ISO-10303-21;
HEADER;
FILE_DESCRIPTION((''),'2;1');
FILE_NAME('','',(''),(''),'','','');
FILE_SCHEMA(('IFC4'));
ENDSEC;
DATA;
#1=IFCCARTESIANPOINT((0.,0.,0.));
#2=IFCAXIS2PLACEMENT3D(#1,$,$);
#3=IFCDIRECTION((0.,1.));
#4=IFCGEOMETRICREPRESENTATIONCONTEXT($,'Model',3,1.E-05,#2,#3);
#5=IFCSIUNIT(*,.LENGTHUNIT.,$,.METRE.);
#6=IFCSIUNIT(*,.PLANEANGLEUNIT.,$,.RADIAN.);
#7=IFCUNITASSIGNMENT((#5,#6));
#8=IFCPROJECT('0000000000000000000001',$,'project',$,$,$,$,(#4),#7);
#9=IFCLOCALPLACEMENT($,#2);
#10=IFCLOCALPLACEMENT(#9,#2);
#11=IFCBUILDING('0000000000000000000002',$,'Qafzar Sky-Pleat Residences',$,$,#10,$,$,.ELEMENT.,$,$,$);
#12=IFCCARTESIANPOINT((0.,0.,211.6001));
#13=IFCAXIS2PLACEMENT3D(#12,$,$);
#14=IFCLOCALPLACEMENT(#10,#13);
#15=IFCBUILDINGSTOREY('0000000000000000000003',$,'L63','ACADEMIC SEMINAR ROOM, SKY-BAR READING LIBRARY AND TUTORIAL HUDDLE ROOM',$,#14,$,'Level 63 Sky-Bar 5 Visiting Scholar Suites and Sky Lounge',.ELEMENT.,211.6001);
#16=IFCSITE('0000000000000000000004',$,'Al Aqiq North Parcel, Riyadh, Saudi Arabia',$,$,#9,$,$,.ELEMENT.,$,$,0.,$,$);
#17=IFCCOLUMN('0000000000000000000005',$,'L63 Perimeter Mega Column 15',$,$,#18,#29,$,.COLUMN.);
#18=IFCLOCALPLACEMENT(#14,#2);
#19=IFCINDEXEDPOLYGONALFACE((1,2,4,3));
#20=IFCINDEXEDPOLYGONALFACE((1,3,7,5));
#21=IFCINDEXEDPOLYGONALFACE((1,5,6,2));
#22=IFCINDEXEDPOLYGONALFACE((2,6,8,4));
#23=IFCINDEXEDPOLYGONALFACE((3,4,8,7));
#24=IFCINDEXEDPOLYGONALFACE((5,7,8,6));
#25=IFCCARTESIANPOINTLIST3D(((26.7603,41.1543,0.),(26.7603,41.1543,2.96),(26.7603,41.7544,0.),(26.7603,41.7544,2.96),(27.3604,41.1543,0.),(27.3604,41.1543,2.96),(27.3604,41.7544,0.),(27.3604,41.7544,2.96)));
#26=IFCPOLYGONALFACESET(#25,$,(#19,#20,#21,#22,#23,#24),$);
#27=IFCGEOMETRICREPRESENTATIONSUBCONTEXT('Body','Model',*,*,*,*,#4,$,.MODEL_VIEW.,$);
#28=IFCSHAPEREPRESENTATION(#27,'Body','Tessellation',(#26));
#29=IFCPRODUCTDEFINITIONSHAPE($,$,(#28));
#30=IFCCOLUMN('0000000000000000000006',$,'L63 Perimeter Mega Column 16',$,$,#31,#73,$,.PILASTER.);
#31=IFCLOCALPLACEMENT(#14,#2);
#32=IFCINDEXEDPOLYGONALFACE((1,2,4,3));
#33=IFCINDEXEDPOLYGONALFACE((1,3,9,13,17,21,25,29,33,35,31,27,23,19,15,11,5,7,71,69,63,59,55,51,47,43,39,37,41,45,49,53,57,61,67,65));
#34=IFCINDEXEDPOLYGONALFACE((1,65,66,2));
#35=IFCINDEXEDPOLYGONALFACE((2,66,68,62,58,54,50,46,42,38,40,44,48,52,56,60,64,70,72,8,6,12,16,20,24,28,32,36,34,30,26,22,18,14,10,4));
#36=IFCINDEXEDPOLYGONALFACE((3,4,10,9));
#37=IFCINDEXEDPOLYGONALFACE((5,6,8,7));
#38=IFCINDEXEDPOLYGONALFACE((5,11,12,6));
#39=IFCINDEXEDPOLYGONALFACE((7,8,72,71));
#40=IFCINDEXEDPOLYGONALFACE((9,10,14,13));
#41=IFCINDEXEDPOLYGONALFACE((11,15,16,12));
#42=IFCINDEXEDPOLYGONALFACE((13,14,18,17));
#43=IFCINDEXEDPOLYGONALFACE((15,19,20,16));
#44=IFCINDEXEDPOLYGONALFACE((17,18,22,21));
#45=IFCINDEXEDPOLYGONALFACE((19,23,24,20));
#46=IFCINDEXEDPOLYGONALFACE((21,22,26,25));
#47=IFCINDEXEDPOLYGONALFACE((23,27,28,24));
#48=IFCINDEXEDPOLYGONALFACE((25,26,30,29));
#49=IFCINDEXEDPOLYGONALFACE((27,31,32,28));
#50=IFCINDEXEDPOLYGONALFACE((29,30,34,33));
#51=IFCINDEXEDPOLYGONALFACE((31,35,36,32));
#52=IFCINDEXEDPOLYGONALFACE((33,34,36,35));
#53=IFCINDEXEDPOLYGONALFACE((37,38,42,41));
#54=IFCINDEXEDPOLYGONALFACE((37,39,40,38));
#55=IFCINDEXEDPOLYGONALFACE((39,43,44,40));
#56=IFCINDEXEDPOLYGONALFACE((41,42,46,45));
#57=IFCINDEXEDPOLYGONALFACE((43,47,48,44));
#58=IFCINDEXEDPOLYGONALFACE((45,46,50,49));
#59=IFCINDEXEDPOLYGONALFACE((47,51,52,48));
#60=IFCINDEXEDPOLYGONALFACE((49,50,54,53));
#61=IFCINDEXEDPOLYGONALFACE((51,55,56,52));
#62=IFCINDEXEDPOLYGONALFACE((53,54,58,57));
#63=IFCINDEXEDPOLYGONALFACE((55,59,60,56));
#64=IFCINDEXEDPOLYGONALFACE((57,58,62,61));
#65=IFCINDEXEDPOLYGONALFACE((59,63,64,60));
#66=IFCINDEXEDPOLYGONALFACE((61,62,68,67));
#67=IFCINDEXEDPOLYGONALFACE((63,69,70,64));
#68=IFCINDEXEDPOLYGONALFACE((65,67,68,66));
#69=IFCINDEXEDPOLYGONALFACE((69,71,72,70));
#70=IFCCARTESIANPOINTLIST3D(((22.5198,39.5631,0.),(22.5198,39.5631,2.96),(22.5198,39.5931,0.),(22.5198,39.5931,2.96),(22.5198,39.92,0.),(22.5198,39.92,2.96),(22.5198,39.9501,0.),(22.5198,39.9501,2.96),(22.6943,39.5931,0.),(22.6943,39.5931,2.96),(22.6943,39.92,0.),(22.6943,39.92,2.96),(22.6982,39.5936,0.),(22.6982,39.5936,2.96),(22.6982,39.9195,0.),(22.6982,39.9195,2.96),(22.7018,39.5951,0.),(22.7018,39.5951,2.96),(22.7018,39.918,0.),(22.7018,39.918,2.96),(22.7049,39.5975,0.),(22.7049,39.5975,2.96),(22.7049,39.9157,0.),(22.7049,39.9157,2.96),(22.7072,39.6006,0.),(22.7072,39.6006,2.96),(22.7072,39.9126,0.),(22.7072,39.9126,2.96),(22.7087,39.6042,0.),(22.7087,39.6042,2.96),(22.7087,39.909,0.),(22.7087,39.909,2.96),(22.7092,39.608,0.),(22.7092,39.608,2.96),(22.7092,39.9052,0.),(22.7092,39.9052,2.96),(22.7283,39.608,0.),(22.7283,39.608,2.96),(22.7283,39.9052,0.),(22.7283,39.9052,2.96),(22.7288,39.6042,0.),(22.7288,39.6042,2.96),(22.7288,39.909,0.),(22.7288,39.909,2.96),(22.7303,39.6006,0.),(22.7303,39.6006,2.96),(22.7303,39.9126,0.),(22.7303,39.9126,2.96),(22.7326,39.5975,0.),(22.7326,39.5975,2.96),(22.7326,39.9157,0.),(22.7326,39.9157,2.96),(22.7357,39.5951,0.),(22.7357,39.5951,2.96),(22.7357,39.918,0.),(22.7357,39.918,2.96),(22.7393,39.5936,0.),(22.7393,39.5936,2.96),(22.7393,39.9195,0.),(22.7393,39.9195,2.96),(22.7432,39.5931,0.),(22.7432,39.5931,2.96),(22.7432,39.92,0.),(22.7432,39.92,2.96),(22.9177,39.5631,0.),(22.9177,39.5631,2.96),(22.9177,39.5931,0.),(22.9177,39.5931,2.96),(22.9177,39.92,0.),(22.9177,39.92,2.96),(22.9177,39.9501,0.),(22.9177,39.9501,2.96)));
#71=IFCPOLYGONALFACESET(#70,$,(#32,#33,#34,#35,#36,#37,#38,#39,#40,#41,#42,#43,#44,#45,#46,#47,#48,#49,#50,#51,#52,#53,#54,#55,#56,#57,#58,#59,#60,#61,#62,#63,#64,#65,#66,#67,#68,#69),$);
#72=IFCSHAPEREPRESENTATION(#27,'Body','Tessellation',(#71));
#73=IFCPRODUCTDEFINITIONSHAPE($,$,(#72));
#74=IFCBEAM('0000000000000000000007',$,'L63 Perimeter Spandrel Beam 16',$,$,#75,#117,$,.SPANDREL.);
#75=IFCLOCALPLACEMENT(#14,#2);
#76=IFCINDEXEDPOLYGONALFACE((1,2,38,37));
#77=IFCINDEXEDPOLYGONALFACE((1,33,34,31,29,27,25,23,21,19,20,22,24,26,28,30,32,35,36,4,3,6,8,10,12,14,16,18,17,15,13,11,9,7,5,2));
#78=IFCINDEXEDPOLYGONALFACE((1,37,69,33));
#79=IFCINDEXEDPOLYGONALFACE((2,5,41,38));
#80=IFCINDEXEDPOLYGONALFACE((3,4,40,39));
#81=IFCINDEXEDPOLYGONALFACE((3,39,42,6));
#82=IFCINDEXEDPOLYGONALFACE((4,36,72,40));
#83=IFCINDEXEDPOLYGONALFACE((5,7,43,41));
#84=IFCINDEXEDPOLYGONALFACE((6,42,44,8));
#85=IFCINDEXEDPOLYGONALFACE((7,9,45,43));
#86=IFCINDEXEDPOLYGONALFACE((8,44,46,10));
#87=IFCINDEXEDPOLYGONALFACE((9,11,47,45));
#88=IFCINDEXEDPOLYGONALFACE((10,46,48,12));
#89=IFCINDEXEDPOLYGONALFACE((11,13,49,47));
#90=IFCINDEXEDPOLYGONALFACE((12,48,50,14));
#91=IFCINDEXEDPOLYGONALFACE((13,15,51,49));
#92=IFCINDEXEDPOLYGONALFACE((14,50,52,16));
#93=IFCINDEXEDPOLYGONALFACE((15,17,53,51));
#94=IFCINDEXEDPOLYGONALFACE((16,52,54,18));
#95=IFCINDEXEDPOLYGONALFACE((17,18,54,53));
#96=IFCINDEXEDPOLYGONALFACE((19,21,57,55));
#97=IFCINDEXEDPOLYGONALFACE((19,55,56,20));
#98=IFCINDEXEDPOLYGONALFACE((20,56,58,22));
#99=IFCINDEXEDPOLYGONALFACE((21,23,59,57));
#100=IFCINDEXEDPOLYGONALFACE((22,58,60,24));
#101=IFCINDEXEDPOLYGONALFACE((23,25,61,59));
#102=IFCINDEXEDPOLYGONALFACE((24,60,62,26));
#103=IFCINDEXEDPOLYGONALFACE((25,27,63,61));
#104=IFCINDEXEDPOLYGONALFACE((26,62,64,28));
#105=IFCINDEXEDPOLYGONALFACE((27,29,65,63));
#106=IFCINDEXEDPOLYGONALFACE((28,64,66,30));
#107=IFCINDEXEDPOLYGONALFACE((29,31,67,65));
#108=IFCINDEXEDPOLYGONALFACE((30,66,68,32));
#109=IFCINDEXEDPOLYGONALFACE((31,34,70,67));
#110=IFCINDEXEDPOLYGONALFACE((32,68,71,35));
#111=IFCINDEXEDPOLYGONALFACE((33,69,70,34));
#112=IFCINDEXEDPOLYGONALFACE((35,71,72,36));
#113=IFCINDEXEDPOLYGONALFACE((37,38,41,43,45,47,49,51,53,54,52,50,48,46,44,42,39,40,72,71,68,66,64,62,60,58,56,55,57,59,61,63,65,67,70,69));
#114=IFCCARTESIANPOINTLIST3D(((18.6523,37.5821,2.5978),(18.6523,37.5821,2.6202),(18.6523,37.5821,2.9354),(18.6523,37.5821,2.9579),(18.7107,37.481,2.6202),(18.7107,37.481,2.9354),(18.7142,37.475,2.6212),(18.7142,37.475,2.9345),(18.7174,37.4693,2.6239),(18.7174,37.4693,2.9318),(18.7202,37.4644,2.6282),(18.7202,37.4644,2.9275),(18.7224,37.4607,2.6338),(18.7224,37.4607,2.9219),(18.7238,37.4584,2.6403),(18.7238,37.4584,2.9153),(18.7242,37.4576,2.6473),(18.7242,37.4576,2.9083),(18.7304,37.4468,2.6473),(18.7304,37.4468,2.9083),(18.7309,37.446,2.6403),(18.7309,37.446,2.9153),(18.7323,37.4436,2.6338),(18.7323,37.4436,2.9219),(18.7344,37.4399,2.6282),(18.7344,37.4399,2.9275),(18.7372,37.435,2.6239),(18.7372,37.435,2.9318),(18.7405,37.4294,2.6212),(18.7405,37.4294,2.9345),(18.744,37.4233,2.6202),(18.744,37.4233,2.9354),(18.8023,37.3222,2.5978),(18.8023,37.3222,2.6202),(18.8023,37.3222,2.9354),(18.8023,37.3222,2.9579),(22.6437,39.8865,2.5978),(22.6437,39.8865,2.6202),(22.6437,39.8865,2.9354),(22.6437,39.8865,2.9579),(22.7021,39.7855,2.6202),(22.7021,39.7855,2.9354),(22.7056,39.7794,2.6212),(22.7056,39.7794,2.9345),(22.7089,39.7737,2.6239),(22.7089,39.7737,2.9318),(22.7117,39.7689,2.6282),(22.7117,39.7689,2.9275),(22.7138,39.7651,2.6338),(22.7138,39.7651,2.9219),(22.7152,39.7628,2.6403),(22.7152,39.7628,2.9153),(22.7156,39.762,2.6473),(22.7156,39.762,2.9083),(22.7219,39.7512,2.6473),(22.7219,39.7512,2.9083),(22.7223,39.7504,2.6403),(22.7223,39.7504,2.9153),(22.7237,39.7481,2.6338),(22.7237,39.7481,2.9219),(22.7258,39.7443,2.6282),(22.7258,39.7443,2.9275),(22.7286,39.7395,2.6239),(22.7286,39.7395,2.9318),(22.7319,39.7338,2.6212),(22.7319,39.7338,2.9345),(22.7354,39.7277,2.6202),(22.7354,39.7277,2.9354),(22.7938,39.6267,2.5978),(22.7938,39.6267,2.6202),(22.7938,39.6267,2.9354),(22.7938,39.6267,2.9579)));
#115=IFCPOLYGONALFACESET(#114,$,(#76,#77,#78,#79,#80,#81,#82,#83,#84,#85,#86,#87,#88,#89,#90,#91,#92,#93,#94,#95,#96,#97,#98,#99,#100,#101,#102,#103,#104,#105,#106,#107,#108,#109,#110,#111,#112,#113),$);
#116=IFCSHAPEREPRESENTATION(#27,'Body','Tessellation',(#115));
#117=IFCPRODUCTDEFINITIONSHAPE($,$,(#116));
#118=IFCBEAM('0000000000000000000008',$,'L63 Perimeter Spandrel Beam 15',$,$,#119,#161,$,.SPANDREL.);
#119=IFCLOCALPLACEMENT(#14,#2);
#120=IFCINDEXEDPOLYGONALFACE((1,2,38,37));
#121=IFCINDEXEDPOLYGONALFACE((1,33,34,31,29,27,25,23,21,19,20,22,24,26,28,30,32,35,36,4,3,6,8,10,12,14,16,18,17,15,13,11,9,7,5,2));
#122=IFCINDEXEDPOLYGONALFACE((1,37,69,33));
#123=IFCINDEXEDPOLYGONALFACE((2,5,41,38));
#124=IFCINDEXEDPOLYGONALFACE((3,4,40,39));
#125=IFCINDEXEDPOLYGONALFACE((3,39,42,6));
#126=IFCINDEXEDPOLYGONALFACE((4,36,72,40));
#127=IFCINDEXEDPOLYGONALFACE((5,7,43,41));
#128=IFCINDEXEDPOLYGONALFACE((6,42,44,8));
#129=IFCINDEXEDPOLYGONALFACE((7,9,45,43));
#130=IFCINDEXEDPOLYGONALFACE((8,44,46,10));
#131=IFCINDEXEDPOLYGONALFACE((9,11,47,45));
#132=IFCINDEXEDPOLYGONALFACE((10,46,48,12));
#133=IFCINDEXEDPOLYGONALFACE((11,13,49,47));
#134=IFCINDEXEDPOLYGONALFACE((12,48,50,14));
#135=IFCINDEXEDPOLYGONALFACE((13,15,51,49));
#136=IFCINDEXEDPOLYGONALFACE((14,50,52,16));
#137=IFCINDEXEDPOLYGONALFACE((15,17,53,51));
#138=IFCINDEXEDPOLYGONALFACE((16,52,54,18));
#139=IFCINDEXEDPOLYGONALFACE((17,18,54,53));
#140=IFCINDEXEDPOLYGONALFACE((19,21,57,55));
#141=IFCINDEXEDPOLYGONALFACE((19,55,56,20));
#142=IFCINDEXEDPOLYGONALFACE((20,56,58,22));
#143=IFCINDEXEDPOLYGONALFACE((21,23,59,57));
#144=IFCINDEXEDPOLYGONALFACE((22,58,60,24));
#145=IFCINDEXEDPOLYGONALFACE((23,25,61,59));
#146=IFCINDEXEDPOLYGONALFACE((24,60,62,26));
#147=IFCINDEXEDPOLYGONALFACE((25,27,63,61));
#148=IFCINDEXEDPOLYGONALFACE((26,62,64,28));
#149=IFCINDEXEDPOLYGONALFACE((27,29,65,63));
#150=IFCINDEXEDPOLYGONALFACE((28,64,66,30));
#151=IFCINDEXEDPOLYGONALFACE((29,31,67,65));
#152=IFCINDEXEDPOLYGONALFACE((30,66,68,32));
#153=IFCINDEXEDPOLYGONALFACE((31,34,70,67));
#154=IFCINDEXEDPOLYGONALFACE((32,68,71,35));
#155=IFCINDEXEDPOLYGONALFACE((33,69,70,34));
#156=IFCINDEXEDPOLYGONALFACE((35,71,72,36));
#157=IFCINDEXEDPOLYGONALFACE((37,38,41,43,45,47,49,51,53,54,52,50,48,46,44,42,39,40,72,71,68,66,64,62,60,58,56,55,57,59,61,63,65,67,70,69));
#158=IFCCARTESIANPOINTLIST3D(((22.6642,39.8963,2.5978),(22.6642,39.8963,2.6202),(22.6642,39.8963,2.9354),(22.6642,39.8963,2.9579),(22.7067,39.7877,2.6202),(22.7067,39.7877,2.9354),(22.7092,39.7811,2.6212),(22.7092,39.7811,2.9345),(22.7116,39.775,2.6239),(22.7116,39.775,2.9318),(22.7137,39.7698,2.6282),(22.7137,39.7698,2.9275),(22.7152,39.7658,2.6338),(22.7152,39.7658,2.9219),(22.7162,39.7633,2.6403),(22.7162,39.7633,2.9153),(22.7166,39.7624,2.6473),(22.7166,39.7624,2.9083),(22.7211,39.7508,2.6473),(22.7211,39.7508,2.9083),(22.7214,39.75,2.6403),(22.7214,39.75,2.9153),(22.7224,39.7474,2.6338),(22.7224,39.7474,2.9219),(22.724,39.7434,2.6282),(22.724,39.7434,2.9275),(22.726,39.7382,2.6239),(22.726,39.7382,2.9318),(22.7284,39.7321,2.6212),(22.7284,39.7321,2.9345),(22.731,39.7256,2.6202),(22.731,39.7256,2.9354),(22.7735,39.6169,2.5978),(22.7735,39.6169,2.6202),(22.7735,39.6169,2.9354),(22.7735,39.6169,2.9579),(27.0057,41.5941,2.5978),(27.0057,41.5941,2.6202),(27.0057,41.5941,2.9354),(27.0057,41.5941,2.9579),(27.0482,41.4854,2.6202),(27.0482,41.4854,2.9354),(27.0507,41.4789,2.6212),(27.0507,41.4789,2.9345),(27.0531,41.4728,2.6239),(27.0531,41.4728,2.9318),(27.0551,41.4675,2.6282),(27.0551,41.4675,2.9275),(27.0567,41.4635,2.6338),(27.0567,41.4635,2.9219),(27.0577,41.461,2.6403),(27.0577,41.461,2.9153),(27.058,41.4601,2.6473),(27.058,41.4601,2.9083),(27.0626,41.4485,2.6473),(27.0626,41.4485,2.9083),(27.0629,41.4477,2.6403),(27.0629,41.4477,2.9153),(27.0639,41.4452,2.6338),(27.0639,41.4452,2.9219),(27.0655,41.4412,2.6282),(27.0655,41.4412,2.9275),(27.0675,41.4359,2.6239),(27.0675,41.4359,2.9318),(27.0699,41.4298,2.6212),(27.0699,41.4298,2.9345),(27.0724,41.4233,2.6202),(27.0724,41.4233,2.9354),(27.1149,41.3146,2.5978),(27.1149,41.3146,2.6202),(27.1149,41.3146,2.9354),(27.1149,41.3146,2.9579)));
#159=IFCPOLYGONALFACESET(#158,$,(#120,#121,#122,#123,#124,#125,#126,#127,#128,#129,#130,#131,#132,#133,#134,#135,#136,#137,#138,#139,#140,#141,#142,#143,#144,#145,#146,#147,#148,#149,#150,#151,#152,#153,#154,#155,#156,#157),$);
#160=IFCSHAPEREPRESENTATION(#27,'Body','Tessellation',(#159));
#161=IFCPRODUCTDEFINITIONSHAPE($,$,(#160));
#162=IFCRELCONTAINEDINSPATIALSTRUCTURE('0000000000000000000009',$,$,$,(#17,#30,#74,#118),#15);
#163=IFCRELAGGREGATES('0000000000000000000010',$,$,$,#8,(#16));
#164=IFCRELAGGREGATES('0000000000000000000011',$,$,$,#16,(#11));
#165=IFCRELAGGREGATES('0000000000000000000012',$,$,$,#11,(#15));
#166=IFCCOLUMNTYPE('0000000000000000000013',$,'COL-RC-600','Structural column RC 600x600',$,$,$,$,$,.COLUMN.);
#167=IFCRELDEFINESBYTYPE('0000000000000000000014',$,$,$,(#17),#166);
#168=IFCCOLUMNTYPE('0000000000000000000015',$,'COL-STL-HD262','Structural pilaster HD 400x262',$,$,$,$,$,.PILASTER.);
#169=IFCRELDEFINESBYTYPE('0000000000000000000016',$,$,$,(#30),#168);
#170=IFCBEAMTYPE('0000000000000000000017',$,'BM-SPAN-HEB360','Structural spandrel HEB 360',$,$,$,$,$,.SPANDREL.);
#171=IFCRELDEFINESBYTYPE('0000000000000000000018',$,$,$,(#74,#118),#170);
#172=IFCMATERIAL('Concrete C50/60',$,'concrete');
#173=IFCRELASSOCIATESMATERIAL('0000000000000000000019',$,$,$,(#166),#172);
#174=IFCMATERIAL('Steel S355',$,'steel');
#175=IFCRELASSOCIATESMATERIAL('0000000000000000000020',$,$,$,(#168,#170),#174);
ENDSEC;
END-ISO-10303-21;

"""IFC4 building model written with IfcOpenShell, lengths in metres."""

from ifc_helpers import new_model, si_unit, direction, frame, origin, origin_2d, place, context, subcontext, project, spatial, rectangle, i_section, extrude, source, transform, mapped, material, material_profile, profile_set, type_object, element, save


model = new_model("IFC4")

# Units and contexts
model_context = context("Model", 3, precision=1e-05, world=origin(), true_north=direction((0.0, 1.0)))
body_context = subcontext(model_context, "Body", "Model", "MODEL_VIEW")
ifc_project = project(units=[si_unit("LENGTHUNIT", "METRE"), si_unit("PLANEANGLEUNIT", "RADIAN")], contexts=[model_context])

# Site, building, storey
site_placement = place(None, origin())
site = spatial("IfcSite", under=ifc_project, at=site_placement, Name="Al Aqiq North Parcel, Riyadh, Saudi Arabia", CompositionType="ELEMENT", RefElevation=0.0)
building_placement = place(site_placement, origin())
building = spatial("IfcBuilding", under=site, at=building_placement, Name="Qafzar Sky-Pleat Residences", CompositionType="ELEMENT")
storey_placement = place(building_placement, frame((0.0, 0.0, 211.6001)))
storey = spatial("IfcBuildingStorey", under=building, at=storey_placement, Name="L63", Description="ACADEMIC SEMINAR ROOM, SKY-BAR READING LIBRARY AND TUTORIAL HUDDLE ROOM", LongName="Level 63 Sky-Bar 5 Visiting Scholar Suites and Sky Lounge", CompositionType="ELEMENT", Elevation=211.6001)

# Columns
ifc_material_1 = material(Name="Concrete C50/60", Category="concrete")
ifc_material_profile_1 = material_profile(ifc_material_1, rectangle(XDim=0.6001, YDim=0.6001, at=origin_2d()), Name="RC 600x600")
ifc_profile_set_1 = profile_set([ifc_material_profile_1], Name="Concrete C50/60")
column_type_1 = type_object("IfcColumnType", Name="COL-RC-600", Description="Structural column RC 600x600", PredefinedType="COLUMN", material=ifc_profile_set_1)
shared_shape_1 = source(origin(), body_context, "Body", "SweptSolid", [
    extrude(rectangle(XDim=0.6001, YDim=0.6001, at=origin_2d()), origin(), (0.0, 0.0, 1.0), 2.96),
])
column_1_placement = place(storey_placement, frame((27.0603, 41.4543, 0.0), z_axis=(0.0, 0.0, 1.0), x_axis=(1.0, 0.0, 0.0)))
element("IfcColumn", 1, at=column_1_placement, inside=storey, type_object=column_type_1, Name="L63 Perimeter Mega Column 15", PredefinedType="COLUMN", context=body_context, shape_type="MappedRepresentation", body=[
    mapped(shared_shape_1, transform((0.0, 0.0, 0.0), x_axis=(1.0, 0.0, 0.0), y_axis=(0.0, 1.0, 0.0), z_axis=(0.0, 0.0, 1.0), scale=1.0)),
])
ifc_material_2 = material(Name="Steel S355", Category="steel")
ifc_material_profile_2 = material_profile(ifc_material_2, i_section(OverallWidth=0.3979, OverallDepth=0.387, WebThickness=0.019, FlangeThickness=0.03, FilletRadius=0.0149, at=origin_2d()), Name="HD 400x262")
ifc_profile_set_2 = profile_set([ifc_material_profile_2], Name="Steel S355")
column_type_2 = type_object("IfcColumnType", Name="COL-STL-HD262", Description="Structural pilaster HD 400x262", PredefinedType="PILASTER", material=ifc_profile_set_2)
shared_shape_2 = source(origin(), body_context, "Body", "SweptSolid", [
    extrude(i_section(OverallWidth=0.3979, OverallDepth=0.387, WebThickness=0.019, FlangeThickness=0.03, FilletRadius=0.0149, at=origin_2d()), origin(), (0.0, 0.0, 1.0), 2.96),
])
column_2_placement = place(storey_placement, frame((22.7188, 39.7566, 0.0), z_axis=(0.0, 0.0, 1.0), x_axis=(1.0, 0.0, 0.0)))
element("IfcColumn", 2, at=column_2_placement, inside=storey, type_object=column_type_2, Name="L63 Perimeter Mega Column 16", PredefinedType="PILASTER", context=body_context, shape_type="MappedRepresentation", body=[
    mapped(shared_shape_2, transform((0.0, 0.0, 0.0), x_axis=(1.0, 0.0, 0.0), y_axis=(0.0, 1.0, 0.0), z_axis=(0.0, 0.0, 1.0), scale=1.0)),
])

# Beams
ifc_material_profile_3 = material_profile(ifc_material_2, i_section(OverallWidth=0.3, OverallDepth=0.3601, WebThickness=0.0125, FlangeThickness=0.0225, FilletRadius=0.0271, at=origin_2d()), Name="HEB 360")
ifc_profile_set_3 = profile_set([ifc_material_profile_3], Name="Steel S355")
beam_type_1 = type_object("IfcBeamType", Name="BM-SPAN-HEB360", Description="Structural spandrel HEB 360", PredefinedType="SPANDREL", material=ifc_profile_set_3)
shared_shape_3 = source(origin(), body_context, "Body", "SweptSolid", [
    extrude(i_section(OverallWidth=0.3, OverallDepth=0.3601, WebThickness=0.0125, FlangeThickness=0.0225, FilletRadius=0.0271, at=origin_2d()), origin(), (0.0, 0.0, 1.0), 4.6089),
])
beam_1_placement = place(storey_placement, frame((22.7188, 39.7566, 2.7778), z_axis=(-0.866028, -0.499996, 0.0), x_axis=(0.499996, -0.866028, 0.0)))
element("IfcBeam", 3, at=beam_1_placement, inside=storey, type_object=beam_type_1, Name="L63 Perimeter Spandrel Beam 16", PredefinedType="SPANDREL", context=body_context, shape_type="MappedRepresentation", body=[
    mapped(shared_shape_3, transform((0.0, 0.0, 0.0), x_axis=(1.0, 0.0, 0.0), y_axis=(0.0, 1.0, 0.0), z_axis=(0.0, 0.0, 1.0), scale=1.0)),
])
shared_shape_4 = source(origin(), body_context, "Body", "SweptSolid", [
    extrude(i_section(OverallWidth=0.3, OverallDepth=0.3601, WebThickness=0.0125, FlangeThickness=0.0225, FilletRadius=0.0271, at=origin_2d()), origin(), (0.0, 0.0, 1.0), 4.6616),
])
beam_2_placement = place(storey_placement, frame((27.0603, 41.4543, 2.7778), z_axis=(-0.931324, -0.364192, 0.0), x_axis=(0.364192, -0.931324, 0.0)))
element("IfcBeam", 4, at=beam_2_placement, inside=storey, type_object=beam_type_1, Name="L63 Perimeter Spandrel Beam 15", PredefinedType="SPANDREL", context=body_context, shape_type="MappedRepresentation", body=[
    mapped(shared_shape_4, transform((0.0, 0.0, 0.0), x_axis=(1.0, 0.0, 0.0), y_axis=(0.0, 1.0, 0.0), z_axis=(0.0, 0.0, 1.0), scale=1.0)),
])

save(model, "model.ifc")
